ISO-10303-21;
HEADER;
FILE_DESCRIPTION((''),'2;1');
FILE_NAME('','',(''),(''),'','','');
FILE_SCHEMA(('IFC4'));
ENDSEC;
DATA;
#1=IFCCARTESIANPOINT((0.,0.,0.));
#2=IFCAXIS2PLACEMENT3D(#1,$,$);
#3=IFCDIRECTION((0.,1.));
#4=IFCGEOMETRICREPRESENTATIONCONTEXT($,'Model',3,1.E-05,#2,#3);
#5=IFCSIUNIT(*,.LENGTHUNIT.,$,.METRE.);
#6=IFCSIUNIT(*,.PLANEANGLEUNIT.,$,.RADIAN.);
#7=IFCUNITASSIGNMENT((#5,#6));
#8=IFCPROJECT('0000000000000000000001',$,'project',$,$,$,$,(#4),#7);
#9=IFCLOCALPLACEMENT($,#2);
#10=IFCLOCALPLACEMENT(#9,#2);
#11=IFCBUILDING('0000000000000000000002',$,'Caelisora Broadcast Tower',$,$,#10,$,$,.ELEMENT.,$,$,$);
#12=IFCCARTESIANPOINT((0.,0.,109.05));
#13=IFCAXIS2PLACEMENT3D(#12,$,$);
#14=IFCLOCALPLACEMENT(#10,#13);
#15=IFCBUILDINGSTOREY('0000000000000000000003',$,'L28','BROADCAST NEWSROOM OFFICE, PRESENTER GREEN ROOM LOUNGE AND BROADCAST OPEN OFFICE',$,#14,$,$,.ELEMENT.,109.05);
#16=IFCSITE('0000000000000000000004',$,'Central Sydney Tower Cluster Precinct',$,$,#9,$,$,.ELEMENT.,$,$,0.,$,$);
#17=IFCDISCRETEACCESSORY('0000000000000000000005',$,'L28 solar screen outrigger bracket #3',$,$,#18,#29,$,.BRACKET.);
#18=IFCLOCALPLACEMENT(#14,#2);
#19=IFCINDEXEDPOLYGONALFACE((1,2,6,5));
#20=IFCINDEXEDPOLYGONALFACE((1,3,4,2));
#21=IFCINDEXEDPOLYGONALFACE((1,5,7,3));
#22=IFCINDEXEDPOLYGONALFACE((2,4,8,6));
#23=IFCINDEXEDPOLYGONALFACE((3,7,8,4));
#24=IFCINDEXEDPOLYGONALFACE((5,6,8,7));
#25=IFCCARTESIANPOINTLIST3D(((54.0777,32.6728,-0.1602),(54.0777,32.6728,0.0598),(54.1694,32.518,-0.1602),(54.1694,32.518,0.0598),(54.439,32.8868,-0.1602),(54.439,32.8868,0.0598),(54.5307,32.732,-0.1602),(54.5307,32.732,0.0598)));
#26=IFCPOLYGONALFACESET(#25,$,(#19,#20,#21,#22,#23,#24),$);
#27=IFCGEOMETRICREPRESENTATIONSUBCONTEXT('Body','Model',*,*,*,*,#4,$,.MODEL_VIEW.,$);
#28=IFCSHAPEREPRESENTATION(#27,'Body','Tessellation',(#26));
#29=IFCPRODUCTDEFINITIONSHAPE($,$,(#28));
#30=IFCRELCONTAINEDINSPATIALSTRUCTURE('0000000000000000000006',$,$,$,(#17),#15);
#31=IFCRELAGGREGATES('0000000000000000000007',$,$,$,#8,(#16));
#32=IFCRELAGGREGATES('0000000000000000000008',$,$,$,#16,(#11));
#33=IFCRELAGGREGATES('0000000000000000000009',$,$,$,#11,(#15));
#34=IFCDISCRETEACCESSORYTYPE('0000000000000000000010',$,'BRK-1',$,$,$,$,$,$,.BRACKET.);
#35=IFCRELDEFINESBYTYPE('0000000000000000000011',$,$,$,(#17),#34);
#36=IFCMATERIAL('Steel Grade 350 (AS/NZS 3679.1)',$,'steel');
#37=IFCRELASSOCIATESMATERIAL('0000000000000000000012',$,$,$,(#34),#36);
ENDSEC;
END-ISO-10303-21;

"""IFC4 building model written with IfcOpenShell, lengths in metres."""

from ifc_helpers import new_model, si_unit, direction, frame, origin, origin_2d, place, context, subcontext, project, spatial, rectangle, extrude, source, transform, mapped, material, type_object, type_shapes, element, save


model = new_model("IFC4")

# Units and contexts
model_context = context("Model", 3, precision=1e-05, world=origin(), true_north=direction((0.0, 1.0)))
body_context = subcontext(model_context, "Body", "Model", "MODEL_VIEW")
ifc_project = project(units=[si_unit("LENGTHUNIT", "METRE"), si_unit("PLANEANGLEUNIT", "RADIAN")], contexts=[model_context])

# Site, building, storey
site_placement = place(None, origin())
site = spatial("IfcSite", under=ifc_project, at=site_placement, Name="Central Sydney Tower Cluster Precinct", CompositionType="ELEMENT", RefElevation=0.0)
building_placement = place(site_placement, origin())
building = spatial("IfcBuilding", under=site, at=building_placement, Name="Caelisora Broadcast Tower", CompositionType="ELEMENT")
storey_placement = place(building_placement, frame((0.0, 0.0, 109.05)))
storey = spatial("IfcBuildingStorey", under=building, at=storey_placement, Name="L28", Description="BROADCAST NEWSROOM OFFICE, PRESENTER GREEN ROOM LOUNGE AND BROADCAST OPEN OFFICE", CompositionType="ELEMENT", Elevation=109.05)

# Shared definitions
ifc_material_1 = material(Name="Steel Grade 350 (AS/NZS 3679.1)", Category="steel")

# Discrete accessory
discrete_accessory_type = type_object("IfcDiscreteAccessoryType", Name="BRK-1", PredefinedType="BRACKET", material=ifc_material_1)
shared_shape_1 = source(origin(), body_context, "Body", "SweptSolid", [
    extrude(rectangle(XDim=0.1799, YDim=0.4199, at=origin_2d()), origin(), (0.0, 0.0, 1.0), 0.22),
])
type_shapes(discrete_accessory_type, [shared_shape_1])
discrete_accessory_placement = place(storey_placement, frame((54.3042, 32.7024, -0.1602), z_axis=(0.0, 0.0, 1.0), x_axis=(-0.509492, 0.860475, 0.0)))
element("IfcDiscreteAccessory", 1, at=discrete_accessory_placement, inside=storey, type_object=discrete_accessory_type, Name="L28 solar screen outrigger bracket #3", PredefinedType="BRACKET", context=body_context, shape_type="MappedRepresentation", body=[
    mapped(shared_shape_1, transform((0.0, 0.0, 0.0), scale=1.0)),
])

save(model, "model.ifc")
